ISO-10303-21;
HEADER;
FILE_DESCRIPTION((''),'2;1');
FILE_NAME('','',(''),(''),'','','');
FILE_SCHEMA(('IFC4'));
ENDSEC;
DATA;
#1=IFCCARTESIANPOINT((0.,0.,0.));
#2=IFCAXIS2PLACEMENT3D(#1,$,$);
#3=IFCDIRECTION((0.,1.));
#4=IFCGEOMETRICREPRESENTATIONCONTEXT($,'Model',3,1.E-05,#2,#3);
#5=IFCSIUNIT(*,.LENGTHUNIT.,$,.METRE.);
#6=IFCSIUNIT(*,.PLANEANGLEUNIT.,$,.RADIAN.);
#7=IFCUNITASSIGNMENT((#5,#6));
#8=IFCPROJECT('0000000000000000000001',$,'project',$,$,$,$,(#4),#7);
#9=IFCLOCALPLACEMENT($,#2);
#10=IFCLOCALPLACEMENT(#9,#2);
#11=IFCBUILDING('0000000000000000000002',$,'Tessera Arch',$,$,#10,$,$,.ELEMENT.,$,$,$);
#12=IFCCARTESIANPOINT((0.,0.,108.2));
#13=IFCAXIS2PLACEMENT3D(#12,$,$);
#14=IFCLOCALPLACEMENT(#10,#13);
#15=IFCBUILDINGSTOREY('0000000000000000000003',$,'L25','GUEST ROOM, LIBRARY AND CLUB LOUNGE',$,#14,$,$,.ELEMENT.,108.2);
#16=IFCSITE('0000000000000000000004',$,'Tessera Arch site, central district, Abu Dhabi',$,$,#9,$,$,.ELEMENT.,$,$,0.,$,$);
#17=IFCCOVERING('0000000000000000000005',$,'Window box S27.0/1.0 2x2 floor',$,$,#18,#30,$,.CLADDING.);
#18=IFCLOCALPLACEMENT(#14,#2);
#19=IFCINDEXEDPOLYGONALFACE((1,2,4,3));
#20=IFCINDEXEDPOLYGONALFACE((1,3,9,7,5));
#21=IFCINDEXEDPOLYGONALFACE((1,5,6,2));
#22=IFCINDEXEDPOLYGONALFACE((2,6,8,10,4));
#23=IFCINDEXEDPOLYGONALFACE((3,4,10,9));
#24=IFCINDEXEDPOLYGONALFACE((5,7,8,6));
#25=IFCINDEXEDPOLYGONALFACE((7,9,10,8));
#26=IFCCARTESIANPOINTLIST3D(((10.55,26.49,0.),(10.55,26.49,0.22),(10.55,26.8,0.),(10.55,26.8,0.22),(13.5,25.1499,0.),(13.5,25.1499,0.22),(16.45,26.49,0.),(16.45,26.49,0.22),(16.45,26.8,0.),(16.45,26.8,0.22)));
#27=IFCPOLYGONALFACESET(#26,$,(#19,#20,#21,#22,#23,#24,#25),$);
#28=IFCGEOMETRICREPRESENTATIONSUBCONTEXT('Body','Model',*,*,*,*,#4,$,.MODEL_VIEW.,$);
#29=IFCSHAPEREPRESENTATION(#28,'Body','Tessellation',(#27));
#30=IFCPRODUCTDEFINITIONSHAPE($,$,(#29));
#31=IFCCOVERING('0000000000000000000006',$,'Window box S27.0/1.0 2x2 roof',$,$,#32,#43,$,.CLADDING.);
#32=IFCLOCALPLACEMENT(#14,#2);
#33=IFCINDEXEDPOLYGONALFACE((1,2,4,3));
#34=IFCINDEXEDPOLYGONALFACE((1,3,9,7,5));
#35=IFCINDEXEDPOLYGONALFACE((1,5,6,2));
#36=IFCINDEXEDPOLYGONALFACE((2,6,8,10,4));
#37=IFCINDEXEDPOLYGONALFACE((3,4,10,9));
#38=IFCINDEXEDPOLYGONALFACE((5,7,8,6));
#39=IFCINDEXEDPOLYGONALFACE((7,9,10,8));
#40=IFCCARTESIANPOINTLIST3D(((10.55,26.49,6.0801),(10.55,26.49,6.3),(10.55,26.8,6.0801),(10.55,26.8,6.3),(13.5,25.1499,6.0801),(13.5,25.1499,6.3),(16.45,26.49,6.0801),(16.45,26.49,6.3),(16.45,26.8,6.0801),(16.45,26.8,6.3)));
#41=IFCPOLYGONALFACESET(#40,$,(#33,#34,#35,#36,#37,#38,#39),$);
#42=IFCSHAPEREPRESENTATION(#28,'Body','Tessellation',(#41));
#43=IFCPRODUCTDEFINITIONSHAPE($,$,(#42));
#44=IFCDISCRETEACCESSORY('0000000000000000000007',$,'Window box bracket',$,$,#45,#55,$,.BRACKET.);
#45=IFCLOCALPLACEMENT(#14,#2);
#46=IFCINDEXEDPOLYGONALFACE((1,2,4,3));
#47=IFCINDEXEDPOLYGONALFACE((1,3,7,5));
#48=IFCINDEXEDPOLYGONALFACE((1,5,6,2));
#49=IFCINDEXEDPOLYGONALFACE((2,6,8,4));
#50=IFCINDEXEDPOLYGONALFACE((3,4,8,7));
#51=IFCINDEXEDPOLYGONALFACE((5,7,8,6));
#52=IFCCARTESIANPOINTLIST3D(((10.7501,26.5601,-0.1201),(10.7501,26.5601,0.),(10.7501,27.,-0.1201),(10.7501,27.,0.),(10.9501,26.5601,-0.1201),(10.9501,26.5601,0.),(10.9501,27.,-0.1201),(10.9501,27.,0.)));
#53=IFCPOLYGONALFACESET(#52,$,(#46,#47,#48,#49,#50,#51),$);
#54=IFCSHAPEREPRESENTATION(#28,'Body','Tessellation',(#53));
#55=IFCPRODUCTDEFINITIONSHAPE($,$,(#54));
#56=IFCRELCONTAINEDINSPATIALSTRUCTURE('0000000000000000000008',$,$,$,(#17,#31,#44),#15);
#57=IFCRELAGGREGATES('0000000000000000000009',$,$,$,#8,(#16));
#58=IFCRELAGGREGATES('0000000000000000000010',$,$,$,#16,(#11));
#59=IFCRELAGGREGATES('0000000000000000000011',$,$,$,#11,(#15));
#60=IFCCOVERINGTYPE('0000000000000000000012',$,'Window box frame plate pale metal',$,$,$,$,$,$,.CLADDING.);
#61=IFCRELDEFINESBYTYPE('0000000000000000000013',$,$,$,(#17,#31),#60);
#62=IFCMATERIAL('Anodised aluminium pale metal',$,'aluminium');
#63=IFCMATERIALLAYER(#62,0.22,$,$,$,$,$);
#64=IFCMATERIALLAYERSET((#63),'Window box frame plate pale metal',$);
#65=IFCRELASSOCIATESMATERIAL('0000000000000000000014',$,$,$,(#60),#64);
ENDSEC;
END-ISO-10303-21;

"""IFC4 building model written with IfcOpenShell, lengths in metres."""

from ifc_helpers import new_model, si_unit, direction, frame, origin, origin_2d, place, context, subcontext, project, spatial, polyline, rectangle, outline, extrude, material, layer, layer_set, type_object, element, save


model = new_model("IFC4")

# Units and contexts
model_context = context("Model", 3, precision=1e-05, world=origin(), true_north=direction((0.0, 1.0)))
body_context = subcontext(model_context, "Body", "Model", "MODEL_VIEW")
ifc_project = project(units=[si_unit("LENGTHUNIT", "METRE"), si_unit("PLANEANGLEUNIT", "RADIAN")], contexts=[model_context])

# Site, building, storey
site_placement = place(None, origin())
site = spatial("IfcSite", under=ifc_project, at=site_placement, Name="Tessera Arch site, central district, Abu Dhabi", CompositionType="ELEMENT", RefElevation=0.0)
building_placement = place(site_placement, origin())
building = spatial("IfcBuilding", under=site, at=building_placement, Name="Tessera Arch", CompositionType="ELEMENT")
storey_placement = place(building_placement, frame((0.0, 0.0, 108.2)))
storey = spatial("IfcBuildingStorey", under=building, at=storey_placement, Name="L25", Description="GUEST ROOM, LIBRARY AND CLUB LOUNGE", CompositionType="ELEMENT", Elevation=108.2)

# Coverings
ifc_material_1 = material(Name="Anodised aluminium pale metal", Category="aluminium")
ifc_layer_1 = layer(ifc_material_1, 0.22)
ifc_layer_set_1 = layer_set([ifc_layer_1], Name="Window box frame plate pale metal")
covering_type_1 = type_object("IfcCoveringType", Name="Window box frame plate pale metal", PredefinedType="CLADDING", material=ifc_layer_set_1)
for number, where, name in (
    (1, (0.0, 0.0, 0.0), "Window box S27.0/1.0 2x2 floor"),
    (2, (0.0, 0.0, 6.0801), "Window box S27.0/1.0 2x2 roof"),
):
    element("IfcCovering", number, at=place(storey_placement, frame(where)), inside=storey, type_object=covering_type_1, Name=name, PredefinedType="CLADDING", context=body_context, shape_type="SweptSolid", body=[
        extrude(outline(polyline([(10.55, 26.49), (13.5, 25.1499), (16.45, 26.49), (16.45, 26.8), (10.55, 26.8), (10.55, 26.49)])), origin(), (0.0, 0.0, 1.0), 0.22),
    ])

# Discrete accessory
discrete_accessory_placement = place(storey_placement, frame((10.8501, 26.78, -0.1201), z_axis=(0.0, 0.0, 1.0), x_axis=(0.0, -1.0, 0.0)))
element("IfcDiscreteAccessory", 3, at=discrete_accessory_placement, inside=storey, Name="Window box bracket", PredefinedType="BRACKET", context=body_context, shape_type="SweptSolid", body=[
    extrude(rectangle(XDim=0.4399, YDim=0.2, at=origin_2d()), origin(), (0.0, 0.0, 1.0), 0.1201),
])

save(model, "model.ifc")
